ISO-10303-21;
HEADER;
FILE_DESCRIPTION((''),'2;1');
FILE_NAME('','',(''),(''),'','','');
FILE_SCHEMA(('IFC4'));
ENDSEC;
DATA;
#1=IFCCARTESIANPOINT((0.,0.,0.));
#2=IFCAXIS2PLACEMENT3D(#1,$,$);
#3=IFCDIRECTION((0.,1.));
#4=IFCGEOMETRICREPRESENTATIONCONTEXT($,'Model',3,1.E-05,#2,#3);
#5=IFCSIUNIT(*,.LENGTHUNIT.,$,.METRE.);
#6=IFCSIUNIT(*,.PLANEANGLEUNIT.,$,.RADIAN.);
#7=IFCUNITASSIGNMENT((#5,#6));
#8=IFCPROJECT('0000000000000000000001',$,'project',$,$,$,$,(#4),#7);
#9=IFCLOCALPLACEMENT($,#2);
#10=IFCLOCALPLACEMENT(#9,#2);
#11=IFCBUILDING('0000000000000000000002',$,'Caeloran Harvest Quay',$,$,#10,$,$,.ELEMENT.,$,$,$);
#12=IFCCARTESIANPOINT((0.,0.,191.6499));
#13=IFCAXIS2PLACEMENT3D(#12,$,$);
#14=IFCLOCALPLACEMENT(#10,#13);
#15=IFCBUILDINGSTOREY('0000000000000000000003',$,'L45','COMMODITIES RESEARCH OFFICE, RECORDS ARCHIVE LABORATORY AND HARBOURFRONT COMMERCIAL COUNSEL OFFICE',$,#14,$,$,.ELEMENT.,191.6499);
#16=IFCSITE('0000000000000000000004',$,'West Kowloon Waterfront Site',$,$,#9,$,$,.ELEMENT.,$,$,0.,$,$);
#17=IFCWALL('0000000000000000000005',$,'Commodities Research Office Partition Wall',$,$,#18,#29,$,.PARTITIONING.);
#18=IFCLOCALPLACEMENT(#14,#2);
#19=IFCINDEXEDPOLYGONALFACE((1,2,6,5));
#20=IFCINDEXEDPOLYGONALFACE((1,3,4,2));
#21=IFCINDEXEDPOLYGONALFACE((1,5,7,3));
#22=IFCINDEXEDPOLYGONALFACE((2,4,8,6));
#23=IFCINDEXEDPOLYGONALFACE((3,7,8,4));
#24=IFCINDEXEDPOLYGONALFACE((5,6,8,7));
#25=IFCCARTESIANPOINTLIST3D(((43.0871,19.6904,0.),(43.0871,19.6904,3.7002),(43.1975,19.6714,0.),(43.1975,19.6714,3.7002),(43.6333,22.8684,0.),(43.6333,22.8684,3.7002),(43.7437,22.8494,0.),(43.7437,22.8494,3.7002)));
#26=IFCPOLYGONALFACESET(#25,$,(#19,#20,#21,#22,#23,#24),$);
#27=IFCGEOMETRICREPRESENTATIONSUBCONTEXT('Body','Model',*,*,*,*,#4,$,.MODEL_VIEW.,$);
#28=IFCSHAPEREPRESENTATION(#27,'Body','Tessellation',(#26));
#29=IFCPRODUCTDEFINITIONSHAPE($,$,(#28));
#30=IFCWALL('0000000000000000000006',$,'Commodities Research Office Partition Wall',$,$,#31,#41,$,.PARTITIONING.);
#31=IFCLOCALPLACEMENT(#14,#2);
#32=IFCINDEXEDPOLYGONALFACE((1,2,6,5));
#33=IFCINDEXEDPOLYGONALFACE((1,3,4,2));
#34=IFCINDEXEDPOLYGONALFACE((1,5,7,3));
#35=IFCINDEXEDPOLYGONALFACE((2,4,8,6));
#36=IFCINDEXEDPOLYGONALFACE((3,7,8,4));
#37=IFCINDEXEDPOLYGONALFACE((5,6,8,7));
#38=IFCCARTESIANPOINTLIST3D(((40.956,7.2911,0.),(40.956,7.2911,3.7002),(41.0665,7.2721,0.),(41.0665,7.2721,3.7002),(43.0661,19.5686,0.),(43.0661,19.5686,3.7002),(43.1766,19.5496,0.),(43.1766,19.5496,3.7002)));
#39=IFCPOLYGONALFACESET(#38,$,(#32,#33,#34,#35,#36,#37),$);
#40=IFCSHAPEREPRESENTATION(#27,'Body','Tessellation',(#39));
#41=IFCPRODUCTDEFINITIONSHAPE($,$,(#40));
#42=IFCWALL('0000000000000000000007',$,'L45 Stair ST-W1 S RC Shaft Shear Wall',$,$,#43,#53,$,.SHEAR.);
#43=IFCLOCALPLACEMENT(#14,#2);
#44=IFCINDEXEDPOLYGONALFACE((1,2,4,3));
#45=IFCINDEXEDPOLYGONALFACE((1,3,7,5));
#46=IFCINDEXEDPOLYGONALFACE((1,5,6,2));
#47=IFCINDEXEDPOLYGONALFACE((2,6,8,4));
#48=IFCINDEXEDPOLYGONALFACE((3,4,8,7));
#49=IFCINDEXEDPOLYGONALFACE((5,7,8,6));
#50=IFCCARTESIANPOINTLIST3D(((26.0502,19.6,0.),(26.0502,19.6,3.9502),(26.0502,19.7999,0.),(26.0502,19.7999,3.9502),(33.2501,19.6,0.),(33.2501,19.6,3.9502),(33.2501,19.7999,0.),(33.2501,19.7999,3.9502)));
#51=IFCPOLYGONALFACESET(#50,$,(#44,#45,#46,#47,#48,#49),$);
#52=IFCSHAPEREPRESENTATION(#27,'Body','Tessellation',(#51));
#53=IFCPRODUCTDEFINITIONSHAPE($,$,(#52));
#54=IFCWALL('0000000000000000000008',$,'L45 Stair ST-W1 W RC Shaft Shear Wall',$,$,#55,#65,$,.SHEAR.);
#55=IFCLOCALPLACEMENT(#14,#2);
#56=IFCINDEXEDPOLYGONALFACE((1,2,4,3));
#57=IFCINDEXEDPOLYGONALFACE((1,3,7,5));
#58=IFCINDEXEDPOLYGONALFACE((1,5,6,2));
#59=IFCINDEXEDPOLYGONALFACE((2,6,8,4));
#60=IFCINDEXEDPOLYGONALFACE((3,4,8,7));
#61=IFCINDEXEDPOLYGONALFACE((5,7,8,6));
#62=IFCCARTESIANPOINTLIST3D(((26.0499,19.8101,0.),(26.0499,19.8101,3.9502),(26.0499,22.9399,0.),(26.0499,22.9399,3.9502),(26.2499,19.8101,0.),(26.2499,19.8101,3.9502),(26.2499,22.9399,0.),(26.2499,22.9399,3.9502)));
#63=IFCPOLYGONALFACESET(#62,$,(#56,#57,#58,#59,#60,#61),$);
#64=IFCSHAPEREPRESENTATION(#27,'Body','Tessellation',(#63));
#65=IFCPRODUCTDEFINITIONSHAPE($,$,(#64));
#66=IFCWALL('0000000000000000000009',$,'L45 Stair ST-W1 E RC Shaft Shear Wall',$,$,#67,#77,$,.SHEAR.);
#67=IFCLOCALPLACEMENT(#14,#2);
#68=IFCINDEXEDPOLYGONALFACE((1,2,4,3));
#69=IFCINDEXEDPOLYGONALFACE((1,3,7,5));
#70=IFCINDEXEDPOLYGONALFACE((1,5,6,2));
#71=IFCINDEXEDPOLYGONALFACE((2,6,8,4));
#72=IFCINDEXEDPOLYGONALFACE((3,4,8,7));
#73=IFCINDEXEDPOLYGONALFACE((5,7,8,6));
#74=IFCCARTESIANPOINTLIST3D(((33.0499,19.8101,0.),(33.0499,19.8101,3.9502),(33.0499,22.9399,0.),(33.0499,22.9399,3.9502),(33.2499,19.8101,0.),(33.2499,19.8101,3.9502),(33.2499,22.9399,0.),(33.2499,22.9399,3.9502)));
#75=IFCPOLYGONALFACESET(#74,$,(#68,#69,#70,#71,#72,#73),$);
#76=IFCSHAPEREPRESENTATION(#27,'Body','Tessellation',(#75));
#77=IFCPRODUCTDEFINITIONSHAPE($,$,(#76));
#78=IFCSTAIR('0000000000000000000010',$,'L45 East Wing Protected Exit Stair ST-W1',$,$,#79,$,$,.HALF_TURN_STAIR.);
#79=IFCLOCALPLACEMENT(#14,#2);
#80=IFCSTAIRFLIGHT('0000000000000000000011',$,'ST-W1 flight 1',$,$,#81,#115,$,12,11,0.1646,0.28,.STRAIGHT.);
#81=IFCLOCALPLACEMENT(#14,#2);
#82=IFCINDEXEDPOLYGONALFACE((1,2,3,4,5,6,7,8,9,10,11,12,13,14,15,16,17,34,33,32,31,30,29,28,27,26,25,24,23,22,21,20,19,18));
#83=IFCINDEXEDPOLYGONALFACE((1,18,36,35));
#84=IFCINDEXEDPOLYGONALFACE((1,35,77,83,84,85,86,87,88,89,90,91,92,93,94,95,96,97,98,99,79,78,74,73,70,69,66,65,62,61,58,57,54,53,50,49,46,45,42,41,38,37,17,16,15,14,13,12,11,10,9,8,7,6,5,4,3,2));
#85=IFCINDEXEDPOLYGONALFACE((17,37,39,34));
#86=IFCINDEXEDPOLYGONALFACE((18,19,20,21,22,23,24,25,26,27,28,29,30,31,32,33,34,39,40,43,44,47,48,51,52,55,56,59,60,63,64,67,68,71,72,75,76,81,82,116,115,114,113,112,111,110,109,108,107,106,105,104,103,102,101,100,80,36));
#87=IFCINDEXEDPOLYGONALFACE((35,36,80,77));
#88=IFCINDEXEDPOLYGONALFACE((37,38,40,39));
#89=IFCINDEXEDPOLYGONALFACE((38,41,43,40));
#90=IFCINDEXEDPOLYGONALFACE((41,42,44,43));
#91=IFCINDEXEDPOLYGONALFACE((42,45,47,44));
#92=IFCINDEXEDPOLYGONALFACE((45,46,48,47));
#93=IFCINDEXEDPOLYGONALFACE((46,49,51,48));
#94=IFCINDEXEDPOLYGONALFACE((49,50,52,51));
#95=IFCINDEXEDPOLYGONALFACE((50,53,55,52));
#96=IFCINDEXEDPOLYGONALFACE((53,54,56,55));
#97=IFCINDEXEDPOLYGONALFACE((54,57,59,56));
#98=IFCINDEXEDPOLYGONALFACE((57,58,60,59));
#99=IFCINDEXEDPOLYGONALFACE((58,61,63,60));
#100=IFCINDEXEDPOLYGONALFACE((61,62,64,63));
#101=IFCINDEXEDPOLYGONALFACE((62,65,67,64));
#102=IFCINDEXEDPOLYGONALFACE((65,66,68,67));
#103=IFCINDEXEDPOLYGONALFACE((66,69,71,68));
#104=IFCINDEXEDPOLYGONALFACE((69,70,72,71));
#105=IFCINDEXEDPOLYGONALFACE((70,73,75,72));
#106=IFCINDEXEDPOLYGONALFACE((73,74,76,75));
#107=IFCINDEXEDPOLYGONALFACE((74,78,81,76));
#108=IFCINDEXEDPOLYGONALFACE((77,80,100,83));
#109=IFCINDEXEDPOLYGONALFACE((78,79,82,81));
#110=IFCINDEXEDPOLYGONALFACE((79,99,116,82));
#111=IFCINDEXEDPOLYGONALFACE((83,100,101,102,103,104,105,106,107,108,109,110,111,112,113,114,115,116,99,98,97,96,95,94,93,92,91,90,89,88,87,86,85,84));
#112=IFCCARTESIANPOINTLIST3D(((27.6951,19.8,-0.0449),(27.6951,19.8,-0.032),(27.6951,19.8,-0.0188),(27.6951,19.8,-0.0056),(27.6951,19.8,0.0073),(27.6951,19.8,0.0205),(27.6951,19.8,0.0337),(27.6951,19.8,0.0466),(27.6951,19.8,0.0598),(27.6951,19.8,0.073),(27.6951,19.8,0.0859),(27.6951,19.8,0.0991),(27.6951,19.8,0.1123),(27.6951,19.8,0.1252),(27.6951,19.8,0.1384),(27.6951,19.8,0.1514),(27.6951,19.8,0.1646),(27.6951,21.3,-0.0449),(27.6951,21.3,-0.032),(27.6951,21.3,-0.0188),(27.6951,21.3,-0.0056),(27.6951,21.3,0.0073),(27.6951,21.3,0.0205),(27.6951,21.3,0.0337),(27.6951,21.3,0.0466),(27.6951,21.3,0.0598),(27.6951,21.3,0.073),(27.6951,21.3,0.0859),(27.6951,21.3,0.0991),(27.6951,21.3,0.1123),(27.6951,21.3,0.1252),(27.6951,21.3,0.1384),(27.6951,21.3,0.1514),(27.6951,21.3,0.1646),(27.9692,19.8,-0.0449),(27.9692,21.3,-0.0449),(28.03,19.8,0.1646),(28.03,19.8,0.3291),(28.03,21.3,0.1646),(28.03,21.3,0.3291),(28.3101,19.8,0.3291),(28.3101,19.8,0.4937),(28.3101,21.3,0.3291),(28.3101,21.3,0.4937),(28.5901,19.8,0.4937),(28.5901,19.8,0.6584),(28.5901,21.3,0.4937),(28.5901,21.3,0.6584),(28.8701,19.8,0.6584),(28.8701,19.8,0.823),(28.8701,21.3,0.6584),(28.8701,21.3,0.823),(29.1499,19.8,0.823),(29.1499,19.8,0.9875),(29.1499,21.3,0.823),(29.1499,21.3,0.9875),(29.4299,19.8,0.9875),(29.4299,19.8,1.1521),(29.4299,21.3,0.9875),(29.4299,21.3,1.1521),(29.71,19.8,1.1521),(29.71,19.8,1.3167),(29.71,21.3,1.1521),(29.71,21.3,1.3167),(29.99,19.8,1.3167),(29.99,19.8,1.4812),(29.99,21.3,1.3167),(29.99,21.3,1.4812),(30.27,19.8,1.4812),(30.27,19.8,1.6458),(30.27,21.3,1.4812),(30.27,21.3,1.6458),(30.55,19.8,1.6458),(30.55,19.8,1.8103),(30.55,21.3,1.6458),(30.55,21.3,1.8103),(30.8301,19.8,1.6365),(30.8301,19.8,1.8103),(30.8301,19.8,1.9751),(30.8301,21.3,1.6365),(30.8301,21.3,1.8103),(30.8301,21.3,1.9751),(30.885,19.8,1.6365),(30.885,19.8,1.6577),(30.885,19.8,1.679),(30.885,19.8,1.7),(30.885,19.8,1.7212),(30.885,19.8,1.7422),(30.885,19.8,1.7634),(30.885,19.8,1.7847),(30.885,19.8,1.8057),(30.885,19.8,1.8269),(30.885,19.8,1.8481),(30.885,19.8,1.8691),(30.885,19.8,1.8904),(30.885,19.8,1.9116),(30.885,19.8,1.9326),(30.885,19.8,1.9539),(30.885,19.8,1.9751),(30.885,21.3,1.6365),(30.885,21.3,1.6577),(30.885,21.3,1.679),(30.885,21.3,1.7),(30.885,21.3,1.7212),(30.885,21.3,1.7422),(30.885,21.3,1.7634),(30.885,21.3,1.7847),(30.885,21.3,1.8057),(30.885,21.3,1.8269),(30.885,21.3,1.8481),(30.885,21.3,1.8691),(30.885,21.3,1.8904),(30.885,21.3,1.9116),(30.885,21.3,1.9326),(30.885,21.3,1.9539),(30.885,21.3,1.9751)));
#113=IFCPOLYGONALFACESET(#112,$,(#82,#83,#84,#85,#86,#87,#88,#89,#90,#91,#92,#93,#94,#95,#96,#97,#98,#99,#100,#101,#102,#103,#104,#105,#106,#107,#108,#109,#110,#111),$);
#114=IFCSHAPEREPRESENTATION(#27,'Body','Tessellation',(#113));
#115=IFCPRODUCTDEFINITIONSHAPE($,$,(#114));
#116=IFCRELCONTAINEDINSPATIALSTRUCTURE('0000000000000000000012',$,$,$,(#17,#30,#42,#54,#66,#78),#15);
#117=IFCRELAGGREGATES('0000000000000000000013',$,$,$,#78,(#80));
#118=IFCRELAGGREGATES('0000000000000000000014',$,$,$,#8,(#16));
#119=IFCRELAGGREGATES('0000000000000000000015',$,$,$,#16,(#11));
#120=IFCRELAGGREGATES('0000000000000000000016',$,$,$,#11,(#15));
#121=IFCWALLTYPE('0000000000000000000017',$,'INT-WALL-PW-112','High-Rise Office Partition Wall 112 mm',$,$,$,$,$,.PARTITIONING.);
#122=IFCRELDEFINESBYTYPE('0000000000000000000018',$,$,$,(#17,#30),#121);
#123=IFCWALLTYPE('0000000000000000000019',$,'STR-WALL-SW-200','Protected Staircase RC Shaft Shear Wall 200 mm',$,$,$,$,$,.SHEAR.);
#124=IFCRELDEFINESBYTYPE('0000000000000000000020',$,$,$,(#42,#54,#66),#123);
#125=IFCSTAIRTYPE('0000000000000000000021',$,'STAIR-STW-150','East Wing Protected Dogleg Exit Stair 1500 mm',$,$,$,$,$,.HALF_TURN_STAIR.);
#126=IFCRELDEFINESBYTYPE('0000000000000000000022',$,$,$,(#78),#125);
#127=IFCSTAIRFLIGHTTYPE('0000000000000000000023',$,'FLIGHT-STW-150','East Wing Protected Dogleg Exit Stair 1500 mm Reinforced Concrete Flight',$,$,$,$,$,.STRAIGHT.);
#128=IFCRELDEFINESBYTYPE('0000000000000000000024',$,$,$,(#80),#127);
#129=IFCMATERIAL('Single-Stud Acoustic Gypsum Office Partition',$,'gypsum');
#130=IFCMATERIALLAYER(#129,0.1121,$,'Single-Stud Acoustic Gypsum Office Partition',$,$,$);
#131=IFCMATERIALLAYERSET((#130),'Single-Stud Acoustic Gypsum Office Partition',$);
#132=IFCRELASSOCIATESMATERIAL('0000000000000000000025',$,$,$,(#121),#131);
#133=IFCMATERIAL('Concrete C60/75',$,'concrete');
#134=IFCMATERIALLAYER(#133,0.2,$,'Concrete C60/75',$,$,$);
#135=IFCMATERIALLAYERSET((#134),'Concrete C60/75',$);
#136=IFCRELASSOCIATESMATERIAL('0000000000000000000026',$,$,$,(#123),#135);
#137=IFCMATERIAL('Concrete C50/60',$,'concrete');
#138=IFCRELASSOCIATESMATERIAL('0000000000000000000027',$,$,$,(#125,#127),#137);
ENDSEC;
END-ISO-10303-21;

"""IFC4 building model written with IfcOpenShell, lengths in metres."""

from ifc_helpers import new_model, si_unit, direction, frame, frame_2d, origin, place, context, subcontext, project, spatial, polyline, rectangle, outline, extrude, material, layer, layer_set, type_object, element, aggregate, save


model = new_model("IFC4")

# Units and contexts
model_context = context("Model", 3, precision=1e-05, world=origin(), true_north=direction((0.0, 1.0)))
body_context = subcontext(model_context, "Body", "Model", "MODEL_VIEW")
ifc_project = project(units=[si_unit("LENGTHUNIT", "METRE"), si_unit("PLANEANGLEUNIT", "RADIAN")], contexts=[model_context])

# Site, building, storey
site_placement = place(None, origin())
site = spatial("IfcSite", under=ifc_project, at=site_placement, Name="West Kowloon Waterfront Site", CompositionType="ELEMENT", RefElevation=0.0)
building_placement = place(site_placement, origin())
building = spatial("IfcBuilding", under=site, at=building_placement, Name="Caeloran Harvest Quay", CompositionType="ELEMENT")
storey_placement = place(building_placement, frame((0.0, 0.0, 191.6499)))
storey = spatial("IfcBuildingStorey", under=building, at=storey_placement, Name="L45", Description="COMMODITIES RESEARCH OFFICE, RECORDS ARCHIVE LABORATORY AND HARBOURFRONT COMMERCIAL COUNSEL OFFICE", CompositionType="ELEMENT", Elevation=191.6499)

# Walls
ifc_material_1 = material(Name="Single-Stud Acoustic Gypsum Office Partition", Category="gypsum")
ifc_layer_1 = layer(ifc_material_1, 0.1121, Name="Single-Stud Acoustic Gypsum Office Partition")
ifc_layer_set_1 = layer_set([ifc_layer_1], Name="Single-Stud Acoustic Gypsum Office Partition")
wall_type_1 = type_object("IfcWallType", Name="INT-WALL-PW-112", Description="High-Rise Office Partition Wall 112 mm", PredefinedType="PARTITIONING", material=ifc_layer_set_1)
wall_1_placement = place(storey_placement, frame((43.6885, 22.8589, 0.0), z_axis=(0.0, 0.0, 1.0), x_axis=(-0.169369, -0.985553, 0.0)))
element("IfcWall", 1, at=wall_1_placement, inside=storey, type_object=wall_type_1, Name="Commodities Research Office Partition Wall", PredefinedType="PARTITIONING", context=body_context, shape_type="SweptSolid", body=[
    extrude(rectangle(XDim=3.2246, YDim=0.1121, at=frame_2d((1.6123, 0.0))), origin(), (0.0, 0.0, 1.0), 3.7002),
])
wall_2_placement = place(storey_placement, frame((43.1213, 19.5591, 0.0), z_axis=(0.0, 0.0, 1.0), x_axis=(-0.169383, -0.98555, 0.0)))
element("IfcWall", 2, at=wall_2_placement, inside=storey, type_object=wall_type_1, Name="Commodities Research Office Partition Wall", PredefinedType="PARTITIONING", context=body_context, shape_type="SweptSolid", body=[
    extrude(rectangle(XDim=12.4575, YDim=0.1121, at=frame_2d((6.2288, 0.0))), origin(), (0.0, 0.0, 1.0), 3.7002),
])
ifc_material_2 = material(Name="Concrete C60/75", Category="concrete")
ifc_layer_2 = layer(ifc_material_2, 0.2, Name="Concrete C60/75")
ifc_layer_set_2 = layer_set([ifc_layer_2], Name="Concrete C60/75")
wall_type_2 = type_object("IfcWallType", Name="STR-WALL-SW-200", Description="Protected Staircase RC Shaft Shear Wall 200 mm", PredefinedType="SHEAR", material=ifc_layer_set_2)
wall_3_placement = place(storey_placement, frame((26.05, 19.7, 0.0), z_axis=(0.0, 0.0, 1.0), x_axis=(1.0, 0.0, 0.0)))
element("IfcWall", 3, at=wall_3_placement, inside=storey, type_object=wall_type_2, Name="L45 Stair ST-W1 S RC Shaft Shear Wall", PredefinedType="SHEAR", context=body_context, shape_type="SweptSolid", body=[
    extrude(rectangle(XDim=7.2, YDim=0.2, at=frame_2d((3.6001, 0.0))), origin(), (0.0, 0.0, 1.0), 3.9502),
])
for number, where, z_axis, x_axis, name in (
    (4, (26.1499, 19.8101, 0.0), (0.0, 0.0, 1.0), (0.0, 1.0, 0.0), "L45 Stair ST-W1 W RC Shaft Shear Wall"),
    (5, (33.1499, 19.8101, 0.0), (0.0, 0.0, 1.0), (0.0, 1.0, 0.0), "L45 Stair ST-W1 E RC Shaft Shear Wall"),
):
    element("IfcWall", number, at=place(storey_placement, frame(where, z_axis=z_axis, x_axis=x_axis)), inside=storey, type_object=wall_type_2, Name=name, PredefinedType="SHEAR", context=body_context, shape_type="SweptSolid", body=[
        extrude(rectangle(XDim=3.1299, YDim=0.2, at=frame_2d((1.5649, 0.0))), origin(), (0.0, 0.0, 1.0), 3.9502),
    ])

# Stair, stair flight
ifc_material_3 = material(Name="Concrete C50/60", Category="concrete")
stair_type = type_object("IfcStairType", Name="STAIR-STW-150", Description="East Wing Protected Dogleg Exit Stair 1500 mm", PredefinedType="HALF_TURN_STAIR", material=ifc_material_3)
stair_placement = place(storey_placement, origin())
stair = element("IfcStair", 6, at=stair_placement, inside=storey, type_object=stair_type, Name="L45 East Wing Protected Exit Stair ST-W1", PredefinedType="HALF_TURN_STAIR")
stair_flight_type = type_object("IfcStairFlightType", Name="FLIGHT-STW-150", Description="East Wing Protected Dogleg Exit Stair 1500 mm Reinforced Concrete Flight", PredefinedType="STRAIGHT", material=ifc_material_3)
stair_flight_1_placement = place(storey_placement, frame((27.75, 20.55, 0.0), z_axis=(0.0, 0.0, 1.0), x_axis=(1.0, 0.0, 0.0)))
stair_flight_1 = element("IfcStairFlight", 7, at=stair_flight_1_placement, type_object=stair_flight_type, Name="ST-W1 flight 1", NumberOfRisers=12, NumberOfTreads=11, PredefinedType="STRAIGHT", RiserHeight=0.1646, TreadLength=0.28, context=body_context, shape_type="SweptSolid", body=[
    extrude(outline(polyline([(-0.0549, -0.0449), (-0.0549, -0.032), (-0.0549, -0.0188), (-0.0549, -0.0056), (-0.0549, 0.0073), (-0.0549, 0.0205), (-0.0549, 0.0337), (-0.0549, 0.0466), (-0.0549, 0.0598), (-0.0549, 0.073), (-0.0549, 0.0859), (-0.0549, 0.0991), (-0.0549, 0.1123), (-0.0549, 0.1252), (-0.0549, 0.1384), (-0.0549, 0.1514), (-0.0549, 0.1646), (0.28, 0.1646), (0.28, 0.3291), (0.5601, 0.3291), (0.5601, 0.4937), (0.8401, 0.4937), (0.8401, 0.6584), (1.1201, 0.6584), (1.1201, 0.823), (1.3999, 0.823), (1.3999, 0.9875), (1.6799, 0.9875), (1.6799, 1.1521), (1.96, 1.1521), (1.96, 1.3167), (2.24, 1.3167), (2.24, 1.4812), (2.52, 1.4812), (2.52, 1.6458), (2.8, 1.6458), (2.8, 1.8103), (3.0801, 1.8103), (3.0801, 1.9751), (3.135, 1.9751), (3.135, 1.9539), (3.135, 1.9326), (3.135, 1.9116), (3.135, 1.8904), (3.135, 1.8691), (3.135, 1.8481), (3.135, 1.8269), (3.135, 1.8057), (3.135, 1.7847), (3.135, 1.7634), (3.135, 1.7422), (3.135, 1.7212), (3.135, 1.7), (3.135, 1.679), (3.135, 1.6577), (3.135, 1.6365), (3.0801, 1.6365), (0.2192, -0.0449), (-0.0549, -0.0449)])), frame((0.0, 0.75, 0.0), z_axis=(0.0, -1.0, 0.0), x_axis=(1.0, 0.0, 0.0)), (0.0, 0.0, 1.0), 1.5),
])
aggregate(stair, [stair_flight_1])

save(model, "model.ifc")
